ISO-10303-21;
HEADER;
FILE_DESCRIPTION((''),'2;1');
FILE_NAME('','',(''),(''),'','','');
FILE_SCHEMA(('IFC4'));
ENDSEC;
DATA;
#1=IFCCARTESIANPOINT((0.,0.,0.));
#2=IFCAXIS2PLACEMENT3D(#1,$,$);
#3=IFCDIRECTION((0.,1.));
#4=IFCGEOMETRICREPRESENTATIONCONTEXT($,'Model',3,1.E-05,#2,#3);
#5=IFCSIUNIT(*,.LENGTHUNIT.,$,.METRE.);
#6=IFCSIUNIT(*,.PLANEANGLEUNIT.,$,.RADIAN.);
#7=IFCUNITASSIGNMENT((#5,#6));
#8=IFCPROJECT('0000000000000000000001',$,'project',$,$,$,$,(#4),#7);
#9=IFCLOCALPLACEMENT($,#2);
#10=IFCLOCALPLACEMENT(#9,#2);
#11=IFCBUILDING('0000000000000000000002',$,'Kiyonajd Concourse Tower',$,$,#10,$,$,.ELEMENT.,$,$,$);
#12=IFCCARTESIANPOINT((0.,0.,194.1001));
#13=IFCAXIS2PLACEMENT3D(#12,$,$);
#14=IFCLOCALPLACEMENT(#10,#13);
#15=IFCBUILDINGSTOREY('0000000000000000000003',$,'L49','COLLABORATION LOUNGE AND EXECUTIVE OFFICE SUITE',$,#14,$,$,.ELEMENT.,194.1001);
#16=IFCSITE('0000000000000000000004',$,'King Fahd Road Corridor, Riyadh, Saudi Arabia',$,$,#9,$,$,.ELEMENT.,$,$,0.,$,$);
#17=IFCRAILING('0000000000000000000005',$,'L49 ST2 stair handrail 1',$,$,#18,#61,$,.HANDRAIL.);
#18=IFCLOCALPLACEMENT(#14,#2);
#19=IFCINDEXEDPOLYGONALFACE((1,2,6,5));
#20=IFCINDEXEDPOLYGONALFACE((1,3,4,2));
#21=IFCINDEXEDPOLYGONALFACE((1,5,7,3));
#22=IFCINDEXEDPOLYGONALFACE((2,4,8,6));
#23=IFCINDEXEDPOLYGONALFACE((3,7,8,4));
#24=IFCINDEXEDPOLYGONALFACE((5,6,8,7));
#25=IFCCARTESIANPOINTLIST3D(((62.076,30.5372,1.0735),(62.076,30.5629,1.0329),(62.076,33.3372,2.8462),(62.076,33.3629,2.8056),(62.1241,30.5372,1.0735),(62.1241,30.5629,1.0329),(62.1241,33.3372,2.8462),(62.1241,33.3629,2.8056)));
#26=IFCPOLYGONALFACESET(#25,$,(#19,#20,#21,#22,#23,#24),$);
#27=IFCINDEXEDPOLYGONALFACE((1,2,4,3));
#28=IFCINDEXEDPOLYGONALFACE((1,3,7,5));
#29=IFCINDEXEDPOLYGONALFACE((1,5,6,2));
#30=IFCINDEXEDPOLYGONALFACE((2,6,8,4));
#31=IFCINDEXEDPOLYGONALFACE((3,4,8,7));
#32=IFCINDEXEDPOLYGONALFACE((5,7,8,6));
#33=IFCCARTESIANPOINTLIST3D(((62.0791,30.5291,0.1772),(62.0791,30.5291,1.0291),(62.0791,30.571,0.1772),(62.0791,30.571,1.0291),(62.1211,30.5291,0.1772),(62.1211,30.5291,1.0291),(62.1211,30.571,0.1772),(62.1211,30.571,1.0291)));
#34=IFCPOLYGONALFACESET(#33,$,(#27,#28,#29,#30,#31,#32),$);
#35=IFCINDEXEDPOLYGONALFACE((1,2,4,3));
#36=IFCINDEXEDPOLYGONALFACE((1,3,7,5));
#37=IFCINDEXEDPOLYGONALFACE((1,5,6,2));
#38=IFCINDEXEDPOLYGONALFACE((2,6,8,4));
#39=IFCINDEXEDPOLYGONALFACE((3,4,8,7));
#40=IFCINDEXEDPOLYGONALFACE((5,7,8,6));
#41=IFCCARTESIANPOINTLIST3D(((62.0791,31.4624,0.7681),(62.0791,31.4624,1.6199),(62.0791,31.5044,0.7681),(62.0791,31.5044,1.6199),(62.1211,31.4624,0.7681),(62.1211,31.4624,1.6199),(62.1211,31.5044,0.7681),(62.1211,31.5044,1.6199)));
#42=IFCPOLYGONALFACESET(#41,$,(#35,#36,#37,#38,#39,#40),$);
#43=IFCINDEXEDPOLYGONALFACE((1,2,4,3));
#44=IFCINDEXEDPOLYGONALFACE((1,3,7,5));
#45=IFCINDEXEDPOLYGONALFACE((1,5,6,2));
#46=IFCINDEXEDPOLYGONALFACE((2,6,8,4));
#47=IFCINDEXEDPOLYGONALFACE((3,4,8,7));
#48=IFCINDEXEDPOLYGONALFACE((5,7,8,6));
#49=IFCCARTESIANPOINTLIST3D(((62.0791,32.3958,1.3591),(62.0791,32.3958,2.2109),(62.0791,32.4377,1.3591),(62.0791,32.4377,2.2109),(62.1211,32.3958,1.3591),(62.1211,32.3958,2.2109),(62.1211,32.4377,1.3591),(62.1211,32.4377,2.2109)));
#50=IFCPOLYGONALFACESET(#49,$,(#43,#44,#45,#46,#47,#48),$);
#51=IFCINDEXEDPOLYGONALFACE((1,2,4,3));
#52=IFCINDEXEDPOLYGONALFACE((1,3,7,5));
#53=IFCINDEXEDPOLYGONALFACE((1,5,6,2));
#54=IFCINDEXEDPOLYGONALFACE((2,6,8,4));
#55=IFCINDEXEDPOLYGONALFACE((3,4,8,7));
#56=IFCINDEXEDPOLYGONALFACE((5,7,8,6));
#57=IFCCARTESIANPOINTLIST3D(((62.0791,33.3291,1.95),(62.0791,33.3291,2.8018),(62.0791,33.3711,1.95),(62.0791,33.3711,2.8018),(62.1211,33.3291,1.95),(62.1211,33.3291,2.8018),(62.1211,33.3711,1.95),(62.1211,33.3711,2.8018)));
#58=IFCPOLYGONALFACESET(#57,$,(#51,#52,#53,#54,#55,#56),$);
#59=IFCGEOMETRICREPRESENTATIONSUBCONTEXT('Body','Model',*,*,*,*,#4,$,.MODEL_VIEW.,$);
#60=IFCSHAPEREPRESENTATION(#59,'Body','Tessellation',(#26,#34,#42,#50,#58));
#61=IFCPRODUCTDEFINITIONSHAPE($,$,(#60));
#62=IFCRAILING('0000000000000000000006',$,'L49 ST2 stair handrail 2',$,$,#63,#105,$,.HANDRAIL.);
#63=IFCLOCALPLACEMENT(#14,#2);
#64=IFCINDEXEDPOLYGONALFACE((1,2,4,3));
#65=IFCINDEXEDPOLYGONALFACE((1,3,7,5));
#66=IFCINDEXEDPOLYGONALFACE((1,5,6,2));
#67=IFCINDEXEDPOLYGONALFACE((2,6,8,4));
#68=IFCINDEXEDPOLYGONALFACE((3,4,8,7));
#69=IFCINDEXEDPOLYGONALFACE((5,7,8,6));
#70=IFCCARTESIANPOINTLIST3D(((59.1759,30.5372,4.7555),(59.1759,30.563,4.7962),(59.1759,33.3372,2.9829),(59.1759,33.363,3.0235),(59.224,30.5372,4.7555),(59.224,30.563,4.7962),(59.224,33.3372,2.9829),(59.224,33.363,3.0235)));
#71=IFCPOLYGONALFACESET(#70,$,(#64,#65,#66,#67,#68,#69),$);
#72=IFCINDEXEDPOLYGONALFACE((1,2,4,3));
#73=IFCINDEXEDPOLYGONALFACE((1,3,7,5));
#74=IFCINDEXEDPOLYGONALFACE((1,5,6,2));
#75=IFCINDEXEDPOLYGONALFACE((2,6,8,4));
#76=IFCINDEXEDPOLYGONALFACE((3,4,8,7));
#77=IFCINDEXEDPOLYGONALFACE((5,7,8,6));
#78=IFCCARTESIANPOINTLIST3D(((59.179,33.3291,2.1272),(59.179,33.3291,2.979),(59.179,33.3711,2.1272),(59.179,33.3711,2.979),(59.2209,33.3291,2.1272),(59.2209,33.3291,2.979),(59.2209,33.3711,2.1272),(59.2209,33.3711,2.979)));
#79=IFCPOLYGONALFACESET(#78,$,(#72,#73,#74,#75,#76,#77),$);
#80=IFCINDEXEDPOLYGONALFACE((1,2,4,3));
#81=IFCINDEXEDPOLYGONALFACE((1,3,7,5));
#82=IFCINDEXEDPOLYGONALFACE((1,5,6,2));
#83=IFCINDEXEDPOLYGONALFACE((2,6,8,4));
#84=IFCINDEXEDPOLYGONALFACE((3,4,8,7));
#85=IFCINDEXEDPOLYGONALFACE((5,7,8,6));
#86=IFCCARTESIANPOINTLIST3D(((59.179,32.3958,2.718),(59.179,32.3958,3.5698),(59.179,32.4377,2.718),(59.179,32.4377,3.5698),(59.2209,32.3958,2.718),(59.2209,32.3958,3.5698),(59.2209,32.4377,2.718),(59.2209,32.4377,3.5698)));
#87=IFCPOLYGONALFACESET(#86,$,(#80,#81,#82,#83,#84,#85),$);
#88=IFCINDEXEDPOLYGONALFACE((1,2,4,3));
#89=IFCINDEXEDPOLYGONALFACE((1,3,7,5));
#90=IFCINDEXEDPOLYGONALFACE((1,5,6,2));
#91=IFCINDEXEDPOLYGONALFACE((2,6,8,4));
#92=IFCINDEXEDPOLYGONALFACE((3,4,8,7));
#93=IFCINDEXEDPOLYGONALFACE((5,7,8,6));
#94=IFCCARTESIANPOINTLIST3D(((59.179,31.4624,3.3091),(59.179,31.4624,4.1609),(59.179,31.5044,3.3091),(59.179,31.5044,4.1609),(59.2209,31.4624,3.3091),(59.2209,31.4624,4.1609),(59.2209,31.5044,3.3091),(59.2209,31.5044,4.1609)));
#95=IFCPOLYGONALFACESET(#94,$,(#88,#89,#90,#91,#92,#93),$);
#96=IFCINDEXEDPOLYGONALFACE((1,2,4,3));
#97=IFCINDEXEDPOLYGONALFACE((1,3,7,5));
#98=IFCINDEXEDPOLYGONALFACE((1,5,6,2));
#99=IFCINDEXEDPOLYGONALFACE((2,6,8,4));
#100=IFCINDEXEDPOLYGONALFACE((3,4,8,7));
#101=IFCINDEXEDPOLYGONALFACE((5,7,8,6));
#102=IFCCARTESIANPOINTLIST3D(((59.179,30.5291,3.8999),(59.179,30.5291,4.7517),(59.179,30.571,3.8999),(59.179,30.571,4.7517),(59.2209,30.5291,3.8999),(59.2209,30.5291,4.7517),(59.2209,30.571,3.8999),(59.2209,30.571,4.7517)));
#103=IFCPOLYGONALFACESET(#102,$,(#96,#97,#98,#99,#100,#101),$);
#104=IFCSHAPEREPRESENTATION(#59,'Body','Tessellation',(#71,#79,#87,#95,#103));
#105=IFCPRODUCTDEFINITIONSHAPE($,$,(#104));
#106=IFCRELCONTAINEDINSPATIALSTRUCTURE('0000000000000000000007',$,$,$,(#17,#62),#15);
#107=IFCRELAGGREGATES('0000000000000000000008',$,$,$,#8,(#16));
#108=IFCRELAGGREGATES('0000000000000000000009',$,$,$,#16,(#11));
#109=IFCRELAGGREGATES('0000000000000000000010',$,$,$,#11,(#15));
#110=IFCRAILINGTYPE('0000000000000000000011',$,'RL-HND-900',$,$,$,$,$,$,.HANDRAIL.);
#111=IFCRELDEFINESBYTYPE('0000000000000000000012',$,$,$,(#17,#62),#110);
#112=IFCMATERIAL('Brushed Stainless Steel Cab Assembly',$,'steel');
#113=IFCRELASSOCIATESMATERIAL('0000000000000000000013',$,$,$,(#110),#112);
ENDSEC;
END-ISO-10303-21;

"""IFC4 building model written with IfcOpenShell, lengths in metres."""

from ifc_helpers import new_model, si_unit, direction, frame, origin, origin_2d, place, context, subcontext, project, spatial, rectangle, extrude, material, type_object, element, save


model = new_model("IFC4")

# Units and contexts
model_context = context("Model", 3, precision=1e-05, world=origin(), true_north=direction((0.0, 1.0)))
body_context = subcontext(model_context, "Body", "Model", "MODEL_VIEW")
ifc_project = project(units=[si_unit("LENGTHUNIT", "METRE"), si_unit("PLANEANGLEUNIT", "RADIAN")], contexts=[model_context])

# Site, building, storey
site_placement = place(None, origin())
site = spatial("IfcSite", under=ifc_project, at=site_placement, Name="King Fahd Road Corridor, Riyadh, Saudi Arabia", CompositionType="ELEMENT", RefElevation=0.0)
building_placement = place(site_placement, origin())
building = spatial("IfcBuilding", under=site, at=building_placement, Name="Kiyonajd Concourse Tower", CompositionType="ELEMENT")
storey_placement = place(building_placement, frame((0.0, 0.0, 194.1001)))
storey = spatial("IfcBuildingStorey", under=building, at=storey_placement, Name="L49", Description="COLLABORATION LOUNGE AND EXECUTIVE OFFICE SUITE", CompositionType="ELEMENT", Elevation=194.1001)

# Railings
ifc_material_1 = material(Name="Brushed Stainless Steel Cab Assembly", Category="steel")
railing_type_1 = type_object("IfcRailingType", Name="RL-HND-900", PredefinedType="HANDRAIL", material=ifc_material_1)
railing_1_placement = place(storey_placement, frame((62.1001, 30.55, 0.1772)))
element("IfcRailing", 1, at=railing_1_placement, inside=storey, type_object=railing_type_1, Name="L49 ST2 stair handrail 1", PredefinedType="HANDRAIL", context=body_context, shape_type="SweptSolid", body=[
    extrude(rectangle(XDim=0.0481, YDim=0.0481, at=origin_2d()), frame((0.0, 0.0, 0.876), z_axis=(0.0, 0.844909, 0.53491), x_axis=(-1.0, 0.0, 0.0)), (0.0, 0.0, 1.0), 3.314),
    extrude(rectangle(XDim=0.042, YDim=0.042, at=origin_2d()), origin(), (0.0, 0.0, 1.0), 0.8518),
    extrude(rectangle(XDim=0.042, YDim=0.042, at=origin_2d()), frame((0.0, 0.9333, 0.5908)), (0.0, 0.0, 1.0), 0.8518),
    extrude(rectangle(XDim=0.042, YDim=0.042, at=origin_2d()), frame((0.0, 1.8667, 1.1819)), (0.0, 0.0, 1.0), 0.8518),
    extrude(rectangle(XDim=0.042, YDim=0.042, at=origin_2d()), frame((0.0, 2.8, 1.7727)), (0.0, 0.0, 1.0), 0.8518),
])
railing_2_placement = place(storey_placement, frame((59.2, 33.3501, 2.1272)))
element("IfcRailing", 2, at=railing_2_placement, inside=storey, type_object=railing_type_1, Name="L49 ST2 stair handrail 2", PredefinedType="HANDRAIL", context=body_context, shape_type="SweptSolid", body=[
    extrude(rectangle(XDim=0.0481, YDim=0.0481, at=origin_2d()), frame((0.0, 0.0, 0.876), z_axis=(0.0, -0.844909, 0.53491), x_axis=(1.0, 0.0, 0.0)), (0.0, 0.0, 1.0), 3.314),
    extrude(rectangle(XDim=0.042, YDim=0.042, at=origin_2d()), origin(), (0.0, 0.0, 1.0), 0.8518),
    extrude(rectangle(XDim=0.042, YDim=0.042, at=origin_2d()), frame((0.0, -0.9333, 0.5908)), (0.0, 0.0, 1.0), 0.8518),
    extrude(rectangle(XDim=0.042, YDim=0.042, at=origin_2d()), frame((0.0, -1.8667, 1.1819)), (0.0, 0.0, 1.0), 0.8518),
    extrude(rectangle(XDim=0.042, YDim=0.042, at=origin_2d()), frame((0.0, -2.8, 1.7727)), (0.0, 0.0, 1.0), 0.8518),
])

save(model, "model.ifc")
